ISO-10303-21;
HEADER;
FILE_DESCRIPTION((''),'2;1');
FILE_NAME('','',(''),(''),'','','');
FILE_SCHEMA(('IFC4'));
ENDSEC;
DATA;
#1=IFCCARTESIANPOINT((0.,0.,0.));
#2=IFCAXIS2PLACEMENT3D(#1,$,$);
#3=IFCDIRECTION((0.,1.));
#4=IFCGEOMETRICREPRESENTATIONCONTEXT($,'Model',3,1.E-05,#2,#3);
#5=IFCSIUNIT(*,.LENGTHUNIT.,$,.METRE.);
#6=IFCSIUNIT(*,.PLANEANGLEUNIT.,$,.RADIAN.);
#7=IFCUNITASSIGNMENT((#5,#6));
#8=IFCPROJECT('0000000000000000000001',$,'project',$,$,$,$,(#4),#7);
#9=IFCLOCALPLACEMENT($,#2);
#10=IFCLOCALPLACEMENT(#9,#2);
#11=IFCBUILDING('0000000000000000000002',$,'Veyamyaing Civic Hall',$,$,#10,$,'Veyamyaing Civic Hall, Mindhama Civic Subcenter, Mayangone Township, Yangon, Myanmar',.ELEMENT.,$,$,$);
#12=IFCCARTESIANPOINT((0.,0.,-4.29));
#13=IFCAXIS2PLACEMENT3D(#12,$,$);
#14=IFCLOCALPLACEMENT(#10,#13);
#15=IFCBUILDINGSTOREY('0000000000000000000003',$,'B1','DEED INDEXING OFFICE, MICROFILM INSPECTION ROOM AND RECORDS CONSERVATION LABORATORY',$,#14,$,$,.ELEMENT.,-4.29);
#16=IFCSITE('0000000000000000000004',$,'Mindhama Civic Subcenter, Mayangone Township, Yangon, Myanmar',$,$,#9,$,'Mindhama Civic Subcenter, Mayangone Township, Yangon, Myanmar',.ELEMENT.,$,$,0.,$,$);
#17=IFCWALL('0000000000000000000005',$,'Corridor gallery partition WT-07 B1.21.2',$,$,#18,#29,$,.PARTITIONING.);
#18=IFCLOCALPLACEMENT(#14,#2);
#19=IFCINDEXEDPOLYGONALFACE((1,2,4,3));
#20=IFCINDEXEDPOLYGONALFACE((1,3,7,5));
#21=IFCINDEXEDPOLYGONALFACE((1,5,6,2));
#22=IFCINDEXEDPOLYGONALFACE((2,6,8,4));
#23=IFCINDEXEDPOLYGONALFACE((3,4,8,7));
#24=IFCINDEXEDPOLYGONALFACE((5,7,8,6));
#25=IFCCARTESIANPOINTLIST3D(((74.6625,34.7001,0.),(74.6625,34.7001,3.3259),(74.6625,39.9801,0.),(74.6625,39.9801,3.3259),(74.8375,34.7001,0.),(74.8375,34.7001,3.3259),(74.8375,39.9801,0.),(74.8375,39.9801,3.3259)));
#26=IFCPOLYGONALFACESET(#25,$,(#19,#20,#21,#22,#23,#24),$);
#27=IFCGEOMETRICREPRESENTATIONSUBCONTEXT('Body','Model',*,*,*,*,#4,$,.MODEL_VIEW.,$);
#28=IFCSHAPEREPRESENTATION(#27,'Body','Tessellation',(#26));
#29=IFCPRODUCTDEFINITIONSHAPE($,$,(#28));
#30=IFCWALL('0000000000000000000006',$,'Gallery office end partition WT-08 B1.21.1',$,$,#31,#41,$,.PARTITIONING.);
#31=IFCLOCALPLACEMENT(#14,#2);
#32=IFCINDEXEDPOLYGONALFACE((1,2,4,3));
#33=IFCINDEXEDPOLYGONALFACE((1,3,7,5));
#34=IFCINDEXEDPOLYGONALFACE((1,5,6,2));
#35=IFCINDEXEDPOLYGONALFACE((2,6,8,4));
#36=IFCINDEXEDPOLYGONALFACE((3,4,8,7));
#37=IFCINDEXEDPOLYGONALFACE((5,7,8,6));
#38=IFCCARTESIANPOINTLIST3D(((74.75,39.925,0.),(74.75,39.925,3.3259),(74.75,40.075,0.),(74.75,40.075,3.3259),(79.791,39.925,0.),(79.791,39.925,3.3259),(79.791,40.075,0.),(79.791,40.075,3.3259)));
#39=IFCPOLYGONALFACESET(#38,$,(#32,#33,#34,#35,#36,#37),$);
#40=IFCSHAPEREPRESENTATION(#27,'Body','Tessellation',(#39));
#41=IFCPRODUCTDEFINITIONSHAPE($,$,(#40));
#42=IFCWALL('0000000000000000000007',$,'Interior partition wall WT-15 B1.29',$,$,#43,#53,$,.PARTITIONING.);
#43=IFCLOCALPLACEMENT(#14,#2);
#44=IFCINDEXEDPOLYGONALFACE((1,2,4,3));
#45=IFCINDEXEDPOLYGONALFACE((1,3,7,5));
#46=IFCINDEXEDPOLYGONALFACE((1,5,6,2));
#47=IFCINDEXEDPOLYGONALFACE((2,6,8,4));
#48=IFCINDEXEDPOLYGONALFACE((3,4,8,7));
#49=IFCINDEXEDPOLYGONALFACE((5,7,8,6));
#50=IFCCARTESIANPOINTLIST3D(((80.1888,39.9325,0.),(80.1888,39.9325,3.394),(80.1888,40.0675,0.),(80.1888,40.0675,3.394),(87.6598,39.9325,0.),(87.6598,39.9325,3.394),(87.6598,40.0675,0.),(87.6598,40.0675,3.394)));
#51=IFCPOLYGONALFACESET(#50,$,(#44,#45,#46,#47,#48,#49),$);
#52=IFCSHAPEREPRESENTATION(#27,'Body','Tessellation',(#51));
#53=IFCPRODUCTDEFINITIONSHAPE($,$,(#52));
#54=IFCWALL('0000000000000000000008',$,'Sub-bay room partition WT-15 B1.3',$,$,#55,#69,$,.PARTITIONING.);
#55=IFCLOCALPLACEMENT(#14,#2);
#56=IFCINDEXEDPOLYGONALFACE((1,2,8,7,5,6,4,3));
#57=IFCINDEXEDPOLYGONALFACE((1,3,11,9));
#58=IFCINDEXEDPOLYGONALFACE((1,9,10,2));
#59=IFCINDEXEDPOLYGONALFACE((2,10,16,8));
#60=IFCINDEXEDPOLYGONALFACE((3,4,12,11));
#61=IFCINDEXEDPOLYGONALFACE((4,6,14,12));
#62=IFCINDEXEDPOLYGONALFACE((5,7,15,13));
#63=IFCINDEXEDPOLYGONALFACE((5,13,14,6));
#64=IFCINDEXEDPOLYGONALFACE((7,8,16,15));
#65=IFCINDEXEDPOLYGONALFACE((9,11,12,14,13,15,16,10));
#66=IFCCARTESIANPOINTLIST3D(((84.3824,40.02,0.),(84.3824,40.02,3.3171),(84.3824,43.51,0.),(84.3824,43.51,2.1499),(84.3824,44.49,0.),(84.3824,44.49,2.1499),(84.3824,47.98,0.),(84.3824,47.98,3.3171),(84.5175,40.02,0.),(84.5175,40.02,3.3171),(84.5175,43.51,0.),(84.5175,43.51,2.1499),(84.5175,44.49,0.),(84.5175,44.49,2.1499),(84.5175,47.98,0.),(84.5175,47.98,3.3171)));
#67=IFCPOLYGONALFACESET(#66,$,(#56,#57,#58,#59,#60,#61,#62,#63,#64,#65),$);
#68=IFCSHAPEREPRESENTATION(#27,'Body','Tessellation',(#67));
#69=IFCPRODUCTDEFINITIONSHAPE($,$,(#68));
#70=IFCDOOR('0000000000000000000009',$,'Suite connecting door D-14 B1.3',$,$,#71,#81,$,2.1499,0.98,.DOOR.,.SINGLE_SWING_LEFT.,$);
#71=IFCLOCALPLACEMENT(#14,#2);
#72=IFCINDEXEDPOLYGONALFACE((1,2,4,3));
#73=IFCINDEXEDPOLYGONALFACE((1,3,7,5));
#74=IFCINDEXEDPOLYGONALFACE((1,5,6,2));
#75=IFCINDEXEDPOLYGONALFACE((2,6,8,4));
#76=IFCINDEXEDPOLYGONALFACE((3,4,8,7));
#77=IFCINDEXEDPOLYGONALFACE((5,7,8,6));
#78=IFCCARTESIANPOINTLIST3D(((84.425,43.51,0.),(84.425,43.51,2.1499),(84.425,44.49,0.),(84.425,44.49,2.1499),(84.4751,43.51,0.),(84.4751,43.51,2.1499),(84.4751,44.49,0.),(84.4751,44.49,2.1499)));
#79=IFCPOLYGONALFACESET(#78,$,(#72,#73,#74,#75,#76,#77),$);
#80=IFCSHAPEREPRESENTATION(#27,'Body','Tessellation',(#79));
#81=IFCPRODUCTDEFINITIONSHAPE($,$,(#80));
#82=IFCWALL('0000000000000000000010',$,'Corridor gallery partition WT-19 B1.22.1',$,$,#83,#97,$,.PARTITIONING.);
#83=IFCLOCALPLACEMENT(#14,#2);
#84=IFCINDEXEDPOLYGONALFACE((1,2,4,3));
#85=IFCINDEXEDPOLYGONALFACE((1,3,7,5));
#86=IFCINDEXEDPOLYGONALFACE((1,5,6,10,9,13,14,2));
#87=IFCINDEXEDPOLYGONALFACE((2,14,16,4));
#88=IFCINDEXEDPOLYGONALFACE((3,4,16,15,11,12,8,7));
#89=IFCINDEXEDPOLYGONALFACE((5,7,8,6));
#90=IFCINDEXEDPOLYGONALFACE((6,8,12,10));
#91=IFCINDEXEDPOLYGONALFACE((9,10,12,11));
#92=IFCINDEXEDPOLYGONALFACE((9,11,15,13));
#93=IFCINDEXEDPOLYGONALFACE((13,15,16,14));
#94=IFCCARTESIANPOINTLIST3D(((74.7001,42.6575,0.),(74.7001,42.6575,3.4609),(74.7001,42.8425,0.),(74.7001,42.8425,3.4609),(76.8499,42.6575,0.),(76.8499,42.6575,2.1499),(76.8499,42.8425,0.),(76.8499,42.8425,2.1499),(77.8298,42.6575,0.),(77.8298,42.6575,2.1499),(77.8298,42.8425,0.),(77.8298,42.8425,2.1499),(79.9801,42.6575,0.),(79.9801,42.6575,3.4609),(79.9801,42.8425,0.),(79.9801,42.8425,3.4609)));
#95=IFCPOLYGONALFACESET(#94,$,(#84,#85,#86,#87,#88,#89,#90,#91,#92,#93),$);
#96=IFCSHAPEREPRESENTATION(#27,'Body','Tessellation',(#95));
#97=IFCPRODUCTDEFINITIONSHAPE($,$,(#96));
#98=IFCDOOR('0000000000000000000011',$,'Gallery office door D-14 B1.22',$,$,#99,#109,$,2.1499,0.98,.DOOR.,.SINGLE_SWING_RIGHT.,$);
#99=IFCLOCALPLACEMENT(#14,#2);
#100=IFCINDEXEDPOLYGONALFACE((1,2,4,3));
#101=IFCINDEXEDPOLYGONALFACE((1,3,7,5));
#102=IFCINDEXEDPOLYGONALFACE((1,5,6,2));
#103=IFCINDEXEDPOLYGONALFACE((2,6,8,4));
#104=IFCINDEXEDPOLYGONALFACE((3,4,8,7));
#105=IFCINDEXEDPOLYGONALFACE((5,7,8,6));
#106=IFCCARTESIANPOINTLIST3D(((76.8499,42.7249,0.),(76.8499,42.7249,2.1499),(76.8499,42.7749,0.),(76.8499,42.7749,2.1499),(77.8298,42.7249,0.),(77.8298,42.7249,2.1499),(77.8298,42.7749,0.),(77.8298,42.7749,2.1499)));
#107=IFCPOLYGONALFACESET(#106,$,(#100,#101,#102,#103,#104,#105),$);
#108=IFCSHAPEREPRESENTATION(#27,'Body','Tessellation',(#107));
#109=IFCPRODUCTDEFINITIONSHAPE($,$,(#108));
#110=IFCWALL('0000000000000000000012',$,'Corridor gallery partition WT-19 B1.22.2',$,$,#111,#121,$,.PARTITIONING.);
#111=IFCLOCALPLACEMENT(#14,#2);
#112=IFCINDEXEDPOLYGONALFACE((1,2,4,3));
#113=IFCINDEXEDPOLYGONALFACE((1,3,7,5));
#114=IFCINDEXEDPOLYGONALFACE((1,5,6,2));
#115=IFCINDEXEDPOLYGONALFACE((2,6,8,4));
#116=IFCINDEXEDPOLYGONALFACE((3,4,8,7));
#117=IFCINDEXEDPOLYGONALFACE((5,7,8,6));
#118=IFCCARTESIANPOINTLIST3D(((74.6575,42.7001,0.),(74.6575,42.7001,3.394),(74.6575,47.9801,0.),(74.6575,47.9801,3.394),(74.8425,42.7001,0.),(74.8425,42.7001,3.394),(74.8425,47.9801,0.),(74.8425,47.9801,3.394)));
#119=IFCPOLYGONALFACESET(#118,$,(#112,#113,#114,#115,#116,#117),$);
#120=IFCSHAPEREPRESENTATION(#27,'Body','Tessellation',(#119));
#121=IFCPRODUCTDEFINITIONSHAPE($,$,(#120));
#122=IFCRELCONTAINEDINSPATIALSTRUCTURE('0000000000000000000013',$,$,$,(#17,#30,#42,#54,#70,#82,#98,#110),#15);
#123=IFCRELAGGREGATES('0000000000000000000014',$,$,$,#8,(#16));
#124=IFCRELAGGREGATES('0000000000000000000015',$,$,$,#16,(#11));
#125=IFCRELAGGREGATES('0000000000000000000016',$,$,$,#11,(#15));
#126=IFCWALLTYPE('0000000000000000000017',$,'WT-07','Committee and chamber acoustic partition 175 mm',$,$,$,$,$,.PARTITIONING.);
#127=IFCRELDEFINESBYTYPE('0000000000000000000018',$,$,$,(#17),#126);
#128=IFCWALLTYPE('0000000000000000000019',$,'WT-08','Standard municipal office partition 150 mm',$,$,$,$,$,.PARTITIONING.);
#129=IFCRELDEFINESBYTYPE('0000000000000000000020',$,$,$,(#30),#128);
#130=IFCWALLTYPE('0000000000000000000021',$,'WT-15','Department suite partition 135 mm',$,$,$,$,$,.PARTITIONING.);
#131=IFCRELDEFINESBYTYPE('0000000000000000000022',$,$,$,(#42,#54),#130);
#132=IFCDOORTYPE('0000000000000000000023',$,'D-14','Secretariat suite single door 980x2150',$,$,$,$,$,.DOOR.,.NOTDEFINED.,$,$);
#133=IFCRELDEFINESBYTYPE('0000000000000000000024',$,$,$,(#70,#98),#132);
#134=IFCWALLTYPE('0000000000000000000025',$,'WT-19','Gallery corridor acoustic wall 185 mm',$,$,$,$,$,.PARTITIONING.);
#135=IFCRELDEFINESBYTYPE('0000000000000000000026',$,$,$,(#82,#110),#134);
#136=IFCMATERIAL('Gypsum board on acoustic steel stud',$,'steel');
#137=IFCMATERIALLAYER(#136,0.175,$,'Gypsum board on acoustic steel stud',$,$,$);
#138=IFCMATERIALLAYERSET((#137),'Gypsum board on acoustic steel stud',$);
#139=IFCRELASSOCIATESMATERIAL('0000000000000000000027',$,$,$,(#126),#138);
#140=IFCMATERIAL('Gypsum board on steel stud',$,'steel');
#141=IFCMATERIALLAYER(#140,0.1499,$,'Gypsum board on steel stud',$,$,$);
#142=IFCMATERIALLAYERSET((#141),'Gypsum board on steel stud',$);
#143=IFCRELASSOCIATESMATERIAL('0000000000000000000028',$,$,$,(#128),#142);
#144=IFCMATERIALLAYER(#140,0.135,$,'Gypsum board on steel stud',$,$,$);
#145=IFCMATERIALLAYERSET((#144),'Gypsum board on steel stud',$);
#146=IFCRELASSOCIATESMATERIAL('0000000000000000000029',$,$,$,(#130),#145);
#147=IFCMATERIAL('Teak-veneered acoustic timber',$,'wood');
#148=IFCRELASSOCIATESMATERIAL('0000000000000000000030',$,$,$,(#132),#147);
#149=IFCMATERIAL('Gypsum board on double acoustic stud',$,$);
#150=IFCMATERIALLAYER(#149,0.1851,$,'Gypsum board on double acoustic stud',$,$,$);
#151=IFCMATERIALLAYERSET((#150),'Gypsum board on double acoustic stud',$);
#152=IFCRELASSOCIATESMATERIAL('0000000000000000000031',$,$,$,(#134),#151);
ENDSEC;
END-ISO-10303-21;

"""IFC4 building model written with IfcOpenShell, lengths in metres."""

from ifc_helpers import new_model, si_unit, direction, frame, frame_2d, origin, place, context, subcontext, project, spatial, rectangle, extrude, material, layer, layer_set, type_object, element, fill, save


model = new_model("IFC4")

# Units and contexts
model_context = context("Model", 3, precision=1e-05, world=origin(), true_north=direction((0.0, 1.0)))
body_context = subcontext(model_context, "Body", "Model", "MODEL_VIEW")
ifc_project = project(units=[si_unit("LENGTHUNIT", "METRE"), si_unit("PLANEANGLEUNIT", "RADIAN")], contexts=[model_context])

# Site, building, storey
site_placement = place(None, origin())
site = spatial("IfcSite", under=ifc_project, at=site_placement, Name="Mindhama Civic Subcenter, Mayangone Township, Yangon, Myanmar", LongName="Mindhama Civic Subcenter, Mayangone Township, Yangon, Myanmar", CompositionType="ELEMENT", RefElevation=0.0)
building_placement = place(site_placement, origin())
building = spatial("IfcBuilding", under=site, at=building_placement, Name="Veyamyaing Civic Hall", LongName="Veyamyaing Civic Hall, Mindhama Civic Subcenter, Mayangone Township, Yangon, Myanmar", CompositionType="ELEMENT")
storey_placement = place(building_placement, frame((0.0, 0.0, -4.29)))
storey = spatial("IfcBuildingStorey", under=building, at=storey_placement, Name="B1", Description="DEED INDEXING OFFICE, MICROFILM INSPECTION ROOM AND RECORDS CONSERVATION LABORATORY", CompositionType="ELEMENT", Elevation=-4.29)

# Shared definitions
ifc_material_1 = material(Name="Teak-veneered acoustic timber", Category="wood")
ifc_material_2 = material(Name="Gypsum board on acoustic steel stud", Category="steel")
ifc_layer_1 = layer(ifc_material_2, 0.175, Name="Gypsum board on acoustic steel stud")
ifc_layer_set_1 = layer_set([ifc_layer_1], Name="Gypsum board on acoustic steel stud")
wall_type_1 = type_object("IfcWallType", Name="WT-07", Description="Committee and chamber acoustic partition 175 mm", PredefinedType="PARTITIONING", material=ifc_layer_set_1)

# Walls
wall_1_placement = place(storey_placement, frame((74.75, 34.7, 0.0), z_axis=(0.0, 0.0, 1.0), x_axis=(0.0, 1.0, 0.0)))
element("IfcWall", 1, at=wall_1_placement, inside=storey, type_object=wall_type_1, Name="Corridor gallery partition WT-07 B1.21.2", PredefinedType="PARTITIONING", context=body_context, shape_type="SweptSolid", body=[
    extrude(rectangle(XDim=5.28, YDim=0.175, at=frame_2d((2.6401, 0.0))), origin(), (0.0, 0.0, 1.0), 3.3259),
])
ifc_material_3 = material(Name="Gypsum board on steel stud", Category="steel")
ifc_layer_2 = layer(ifc_material_3, 0.1499, Name="Gypsum board on steel stud")
ifc_layer_set_2 = layer_set([ifc_layer_2], Name="Gypsum board on steel stud")
wall_type_2 = type_object("IfcWallType", Name="WT-08", Description="Standard municipal office partition 150 mm", PredefinedType="PARTITIONING", material=ifc_layer_set_2)
wall_2_placement = place(storey_placement, frame((74.75, 40.0, 0.0), z_axis=(0.0, 0.0, 1.0), x_axis=(1.0, 0.0, 0.0)))
element("IfcWall", 2, at=wall_2_placement, inside=storey, type_object=wall_type_2, Name="Gallery office end partition WT-08 B1.21.1", PredefinedType="PARTITIONING", context=body_context, shape_type="SweptSolid", body=[
    extrude(rectangle(XDim=5.041, YDim=0.1499, at=frame_2d((2.5205, 0.0))), origin(), (0.0, 0.0, 1.0), 3.3259),
])
ifc_layer_3 = layer(ifc_material_3, 0.135, Name="Gypsum board on steel stud")
ifc_layer_set_3 = layer_set([ifc_layer_3], Name="Gypsum board on steel stud")
wall_type_3 = type_object("IfcWallType", Name="WT-15", Description="Department suite partition 135 mm", PredefinedType="PARTITIONING", material=ifc_layer_set_3)
wall_3_placement = place(storey_placement, frame((80.189, 40.0, 0.0), z_axis=(0.0, 0.0, 1.0), x_axis=(1.0, 0.0, 0.0)))
element("IfcWall", 3, at=wall_3_placement, inside=storey, type_object=wall_type_3, Name="Interior partition wall WT-15 B1.29", PredefinedType="PARTITIONING", context=body_context, shape_type="SweptSolid", body=[
    extrude(rectangle(XDim=7.4709, YDim=0.135, at=frame_2d((3.7354, 0.0))), origin(), (0.0, 0.0, 1.0), 3.394),
])

# Walls, openings, doors
wall_4_placement = place(storey_placement, frame((84.45, 40.02, 0.0), z_axis=(0.0, 0.0, 1.0), x_axis=(0.0, 1.0, 0.0)))
wall_4 = element("IfcWall", 4, at=wall_4_placement, inside=storey, type_object=wall_type_3, Name="Sub-bay room partition WT-15 B1.3", PredefinedType="PARTITIONING", context=body_context, shape_type="SweptSolid", body=[
    extrude(rectangle(XDim=7.96, YDim=0.135, at=frame_2d((3.98, 0.0))), origin(), (0.0, 0.0, 1.0), 3.3171),
])
opening_1_placement = place(wall_4_placement, frame((3.49, 0.0, 0.0)))
opening_1 = element("IfcOpeningElement", 5, at=opening_1_placement, cuts=wall_4, PredefinedType="OPENING", context=body_context, shape_type="SweptSolid", body=[
    extrude(rectangle(XDim=0.98, YDim=2.1499, at=frame_2d((0.49, 1.075))), frame((0.0, 0.0774, 0.0), z_axis=(0.0, -1.0, 0.0), x_axis=(1.0, 0.0, 0.0)), (0.0, 0.0, 1.0), 0.155),
])
door_type_1 = type_object("IfcDoorType", Name="D-14", Description="Secretariat suite single door 980x2150", OperationType="NOTDEFINED", PredefinedType="DOOR", material=ifc_material_1)
door_1_placement = place(opening_1_placement, origin())
door_1 = element("IfcDoor", 6, at=door_1_placement, inside=storey, type_object=door_type_1, Name="Suite connecting door D-14 B1.3", OperationType="SINGLE_SWING_LEFT", OverallHeight=2.1499, OverallWidth=0.98, PredefinedType="DOOR", context=body_context, shape_type="SweptSolid", body=[
    extrude(rectangle(XDim=0.98, YDim=2.1499, at=frame_2d((0.49, 1.075))), frame((0.0, 0.0249, 0.0), z_axis=(0.0, -1.0, 0.0), x_axis=(1.0, 0.0, 0.0)), (0.0, 0.0, 1.0), 0.05),
])
fill(opening_1, door_1)
ifc_material_4 = material(Name="Gypsum board on double acoustic stud")
ifc_layer_4 = layer(ifc_material_4, 0.1851, Name="Gypsum board on double acoustic stud")
ifc_layer_set_4 = layer_set([ifc_layer_4], Name="Gypsum board on double acoustic stud")
wall_type_4 = type_object("IfcWallType", Name="WT-19", Description="Gallery corridor acoustic wall 185 mm", PredefinedType="PARTITIONING", material=ifc_layer_set_4)
wall_5_placement = place(storey_placement, frame((74.7, 42.75, 0.0), z_axis=(0.0, 0.0, 1.0), x_axis=(1.0, 0.0, 0.0)))
wall_5 = element("IfcWall", 7, at=wall_5_placement, inside=storey, type_object=wall_type_4, Name="Corridor gallery partition WT-19 B1.22.1", PredefinedType="PARTITIONING", context=body_context, shape_type="SweptSolid", body=[
    extrude(rectangle(XDim=5.28, YDim=0.1851, at=frame_2d((2.6401, 0.0))), origin(), (0.0, 0.0, 1.0), 3.4609),
])
opening_2_placement = place(wall_5_placement, frame((2.1499, 0.0, 0.0)))
opening_2 = element("IfcOpeningElement", 8, at=opening_2_placement, cuts=wall_5, PredefinedType="OPENING", context=body_context, shape_type="SweptSolid", body=[
    extrude(rectangle(XDim=0.98, YDim=2.1499, at=frame_2d((0.49, 1.075))), frame((0.0, 0.1025, 0.0), z_axis=(0.0, -1.0, 0.0), x_axis=(1.0, 0.0, 0.0)), (0.0, 0.0, 1.0), 0.2051),
])
door_2_placement = place(opening_2_placement, origin())
door_2 = element("IfcDoor", 9, at=door_2_placement, inside=storey, type_object=door_type_1, Name="Gallery office door D-14 B1.22", OperationType="SINGLE_SWING_RIGHT", OverallHeight=2.1499, OverallWidth=0.98, PredefinedType="DOOR", context=body_context, shape_type="SweptSolid", body=[
    extrude(rectangle(XDim=0.98, YDim=2.1499, at=frame_2d((0.49, 1.075))), frame((0.0, 0.0249, 0.0), z_axis=(0.0, -1.0, 0.0), x_axis=(1.0, 0.0, 0.0)), (0.0, 0.0, 1.0), 0.05),
])
fill(opening_2, door_2)

# Wall
wall_6_placement = place(storey_placement, frame((74.75, 42.7, 0.0), z_axis=(0.0, 0.0, 1.0), x_axis=(0.0, 1.0, 0.0)))
element("IfcWall", 10, at=wall_6_placement, inside=storey, type_object=wall_type_4, Name="Corridor gallery partition WT-19 B1.22.2", PredefinedType="PARTITIONING", context=body_context, shape_type="SweptSolid", body=[
    extrude(rectangle(XDim=5.28, YDim=0.1851, at=frame_2d((2.6401, 0.0))), origin(), (0.0, 0.0, 1.0), 3.394),
])

save(model, "model.ifc")
